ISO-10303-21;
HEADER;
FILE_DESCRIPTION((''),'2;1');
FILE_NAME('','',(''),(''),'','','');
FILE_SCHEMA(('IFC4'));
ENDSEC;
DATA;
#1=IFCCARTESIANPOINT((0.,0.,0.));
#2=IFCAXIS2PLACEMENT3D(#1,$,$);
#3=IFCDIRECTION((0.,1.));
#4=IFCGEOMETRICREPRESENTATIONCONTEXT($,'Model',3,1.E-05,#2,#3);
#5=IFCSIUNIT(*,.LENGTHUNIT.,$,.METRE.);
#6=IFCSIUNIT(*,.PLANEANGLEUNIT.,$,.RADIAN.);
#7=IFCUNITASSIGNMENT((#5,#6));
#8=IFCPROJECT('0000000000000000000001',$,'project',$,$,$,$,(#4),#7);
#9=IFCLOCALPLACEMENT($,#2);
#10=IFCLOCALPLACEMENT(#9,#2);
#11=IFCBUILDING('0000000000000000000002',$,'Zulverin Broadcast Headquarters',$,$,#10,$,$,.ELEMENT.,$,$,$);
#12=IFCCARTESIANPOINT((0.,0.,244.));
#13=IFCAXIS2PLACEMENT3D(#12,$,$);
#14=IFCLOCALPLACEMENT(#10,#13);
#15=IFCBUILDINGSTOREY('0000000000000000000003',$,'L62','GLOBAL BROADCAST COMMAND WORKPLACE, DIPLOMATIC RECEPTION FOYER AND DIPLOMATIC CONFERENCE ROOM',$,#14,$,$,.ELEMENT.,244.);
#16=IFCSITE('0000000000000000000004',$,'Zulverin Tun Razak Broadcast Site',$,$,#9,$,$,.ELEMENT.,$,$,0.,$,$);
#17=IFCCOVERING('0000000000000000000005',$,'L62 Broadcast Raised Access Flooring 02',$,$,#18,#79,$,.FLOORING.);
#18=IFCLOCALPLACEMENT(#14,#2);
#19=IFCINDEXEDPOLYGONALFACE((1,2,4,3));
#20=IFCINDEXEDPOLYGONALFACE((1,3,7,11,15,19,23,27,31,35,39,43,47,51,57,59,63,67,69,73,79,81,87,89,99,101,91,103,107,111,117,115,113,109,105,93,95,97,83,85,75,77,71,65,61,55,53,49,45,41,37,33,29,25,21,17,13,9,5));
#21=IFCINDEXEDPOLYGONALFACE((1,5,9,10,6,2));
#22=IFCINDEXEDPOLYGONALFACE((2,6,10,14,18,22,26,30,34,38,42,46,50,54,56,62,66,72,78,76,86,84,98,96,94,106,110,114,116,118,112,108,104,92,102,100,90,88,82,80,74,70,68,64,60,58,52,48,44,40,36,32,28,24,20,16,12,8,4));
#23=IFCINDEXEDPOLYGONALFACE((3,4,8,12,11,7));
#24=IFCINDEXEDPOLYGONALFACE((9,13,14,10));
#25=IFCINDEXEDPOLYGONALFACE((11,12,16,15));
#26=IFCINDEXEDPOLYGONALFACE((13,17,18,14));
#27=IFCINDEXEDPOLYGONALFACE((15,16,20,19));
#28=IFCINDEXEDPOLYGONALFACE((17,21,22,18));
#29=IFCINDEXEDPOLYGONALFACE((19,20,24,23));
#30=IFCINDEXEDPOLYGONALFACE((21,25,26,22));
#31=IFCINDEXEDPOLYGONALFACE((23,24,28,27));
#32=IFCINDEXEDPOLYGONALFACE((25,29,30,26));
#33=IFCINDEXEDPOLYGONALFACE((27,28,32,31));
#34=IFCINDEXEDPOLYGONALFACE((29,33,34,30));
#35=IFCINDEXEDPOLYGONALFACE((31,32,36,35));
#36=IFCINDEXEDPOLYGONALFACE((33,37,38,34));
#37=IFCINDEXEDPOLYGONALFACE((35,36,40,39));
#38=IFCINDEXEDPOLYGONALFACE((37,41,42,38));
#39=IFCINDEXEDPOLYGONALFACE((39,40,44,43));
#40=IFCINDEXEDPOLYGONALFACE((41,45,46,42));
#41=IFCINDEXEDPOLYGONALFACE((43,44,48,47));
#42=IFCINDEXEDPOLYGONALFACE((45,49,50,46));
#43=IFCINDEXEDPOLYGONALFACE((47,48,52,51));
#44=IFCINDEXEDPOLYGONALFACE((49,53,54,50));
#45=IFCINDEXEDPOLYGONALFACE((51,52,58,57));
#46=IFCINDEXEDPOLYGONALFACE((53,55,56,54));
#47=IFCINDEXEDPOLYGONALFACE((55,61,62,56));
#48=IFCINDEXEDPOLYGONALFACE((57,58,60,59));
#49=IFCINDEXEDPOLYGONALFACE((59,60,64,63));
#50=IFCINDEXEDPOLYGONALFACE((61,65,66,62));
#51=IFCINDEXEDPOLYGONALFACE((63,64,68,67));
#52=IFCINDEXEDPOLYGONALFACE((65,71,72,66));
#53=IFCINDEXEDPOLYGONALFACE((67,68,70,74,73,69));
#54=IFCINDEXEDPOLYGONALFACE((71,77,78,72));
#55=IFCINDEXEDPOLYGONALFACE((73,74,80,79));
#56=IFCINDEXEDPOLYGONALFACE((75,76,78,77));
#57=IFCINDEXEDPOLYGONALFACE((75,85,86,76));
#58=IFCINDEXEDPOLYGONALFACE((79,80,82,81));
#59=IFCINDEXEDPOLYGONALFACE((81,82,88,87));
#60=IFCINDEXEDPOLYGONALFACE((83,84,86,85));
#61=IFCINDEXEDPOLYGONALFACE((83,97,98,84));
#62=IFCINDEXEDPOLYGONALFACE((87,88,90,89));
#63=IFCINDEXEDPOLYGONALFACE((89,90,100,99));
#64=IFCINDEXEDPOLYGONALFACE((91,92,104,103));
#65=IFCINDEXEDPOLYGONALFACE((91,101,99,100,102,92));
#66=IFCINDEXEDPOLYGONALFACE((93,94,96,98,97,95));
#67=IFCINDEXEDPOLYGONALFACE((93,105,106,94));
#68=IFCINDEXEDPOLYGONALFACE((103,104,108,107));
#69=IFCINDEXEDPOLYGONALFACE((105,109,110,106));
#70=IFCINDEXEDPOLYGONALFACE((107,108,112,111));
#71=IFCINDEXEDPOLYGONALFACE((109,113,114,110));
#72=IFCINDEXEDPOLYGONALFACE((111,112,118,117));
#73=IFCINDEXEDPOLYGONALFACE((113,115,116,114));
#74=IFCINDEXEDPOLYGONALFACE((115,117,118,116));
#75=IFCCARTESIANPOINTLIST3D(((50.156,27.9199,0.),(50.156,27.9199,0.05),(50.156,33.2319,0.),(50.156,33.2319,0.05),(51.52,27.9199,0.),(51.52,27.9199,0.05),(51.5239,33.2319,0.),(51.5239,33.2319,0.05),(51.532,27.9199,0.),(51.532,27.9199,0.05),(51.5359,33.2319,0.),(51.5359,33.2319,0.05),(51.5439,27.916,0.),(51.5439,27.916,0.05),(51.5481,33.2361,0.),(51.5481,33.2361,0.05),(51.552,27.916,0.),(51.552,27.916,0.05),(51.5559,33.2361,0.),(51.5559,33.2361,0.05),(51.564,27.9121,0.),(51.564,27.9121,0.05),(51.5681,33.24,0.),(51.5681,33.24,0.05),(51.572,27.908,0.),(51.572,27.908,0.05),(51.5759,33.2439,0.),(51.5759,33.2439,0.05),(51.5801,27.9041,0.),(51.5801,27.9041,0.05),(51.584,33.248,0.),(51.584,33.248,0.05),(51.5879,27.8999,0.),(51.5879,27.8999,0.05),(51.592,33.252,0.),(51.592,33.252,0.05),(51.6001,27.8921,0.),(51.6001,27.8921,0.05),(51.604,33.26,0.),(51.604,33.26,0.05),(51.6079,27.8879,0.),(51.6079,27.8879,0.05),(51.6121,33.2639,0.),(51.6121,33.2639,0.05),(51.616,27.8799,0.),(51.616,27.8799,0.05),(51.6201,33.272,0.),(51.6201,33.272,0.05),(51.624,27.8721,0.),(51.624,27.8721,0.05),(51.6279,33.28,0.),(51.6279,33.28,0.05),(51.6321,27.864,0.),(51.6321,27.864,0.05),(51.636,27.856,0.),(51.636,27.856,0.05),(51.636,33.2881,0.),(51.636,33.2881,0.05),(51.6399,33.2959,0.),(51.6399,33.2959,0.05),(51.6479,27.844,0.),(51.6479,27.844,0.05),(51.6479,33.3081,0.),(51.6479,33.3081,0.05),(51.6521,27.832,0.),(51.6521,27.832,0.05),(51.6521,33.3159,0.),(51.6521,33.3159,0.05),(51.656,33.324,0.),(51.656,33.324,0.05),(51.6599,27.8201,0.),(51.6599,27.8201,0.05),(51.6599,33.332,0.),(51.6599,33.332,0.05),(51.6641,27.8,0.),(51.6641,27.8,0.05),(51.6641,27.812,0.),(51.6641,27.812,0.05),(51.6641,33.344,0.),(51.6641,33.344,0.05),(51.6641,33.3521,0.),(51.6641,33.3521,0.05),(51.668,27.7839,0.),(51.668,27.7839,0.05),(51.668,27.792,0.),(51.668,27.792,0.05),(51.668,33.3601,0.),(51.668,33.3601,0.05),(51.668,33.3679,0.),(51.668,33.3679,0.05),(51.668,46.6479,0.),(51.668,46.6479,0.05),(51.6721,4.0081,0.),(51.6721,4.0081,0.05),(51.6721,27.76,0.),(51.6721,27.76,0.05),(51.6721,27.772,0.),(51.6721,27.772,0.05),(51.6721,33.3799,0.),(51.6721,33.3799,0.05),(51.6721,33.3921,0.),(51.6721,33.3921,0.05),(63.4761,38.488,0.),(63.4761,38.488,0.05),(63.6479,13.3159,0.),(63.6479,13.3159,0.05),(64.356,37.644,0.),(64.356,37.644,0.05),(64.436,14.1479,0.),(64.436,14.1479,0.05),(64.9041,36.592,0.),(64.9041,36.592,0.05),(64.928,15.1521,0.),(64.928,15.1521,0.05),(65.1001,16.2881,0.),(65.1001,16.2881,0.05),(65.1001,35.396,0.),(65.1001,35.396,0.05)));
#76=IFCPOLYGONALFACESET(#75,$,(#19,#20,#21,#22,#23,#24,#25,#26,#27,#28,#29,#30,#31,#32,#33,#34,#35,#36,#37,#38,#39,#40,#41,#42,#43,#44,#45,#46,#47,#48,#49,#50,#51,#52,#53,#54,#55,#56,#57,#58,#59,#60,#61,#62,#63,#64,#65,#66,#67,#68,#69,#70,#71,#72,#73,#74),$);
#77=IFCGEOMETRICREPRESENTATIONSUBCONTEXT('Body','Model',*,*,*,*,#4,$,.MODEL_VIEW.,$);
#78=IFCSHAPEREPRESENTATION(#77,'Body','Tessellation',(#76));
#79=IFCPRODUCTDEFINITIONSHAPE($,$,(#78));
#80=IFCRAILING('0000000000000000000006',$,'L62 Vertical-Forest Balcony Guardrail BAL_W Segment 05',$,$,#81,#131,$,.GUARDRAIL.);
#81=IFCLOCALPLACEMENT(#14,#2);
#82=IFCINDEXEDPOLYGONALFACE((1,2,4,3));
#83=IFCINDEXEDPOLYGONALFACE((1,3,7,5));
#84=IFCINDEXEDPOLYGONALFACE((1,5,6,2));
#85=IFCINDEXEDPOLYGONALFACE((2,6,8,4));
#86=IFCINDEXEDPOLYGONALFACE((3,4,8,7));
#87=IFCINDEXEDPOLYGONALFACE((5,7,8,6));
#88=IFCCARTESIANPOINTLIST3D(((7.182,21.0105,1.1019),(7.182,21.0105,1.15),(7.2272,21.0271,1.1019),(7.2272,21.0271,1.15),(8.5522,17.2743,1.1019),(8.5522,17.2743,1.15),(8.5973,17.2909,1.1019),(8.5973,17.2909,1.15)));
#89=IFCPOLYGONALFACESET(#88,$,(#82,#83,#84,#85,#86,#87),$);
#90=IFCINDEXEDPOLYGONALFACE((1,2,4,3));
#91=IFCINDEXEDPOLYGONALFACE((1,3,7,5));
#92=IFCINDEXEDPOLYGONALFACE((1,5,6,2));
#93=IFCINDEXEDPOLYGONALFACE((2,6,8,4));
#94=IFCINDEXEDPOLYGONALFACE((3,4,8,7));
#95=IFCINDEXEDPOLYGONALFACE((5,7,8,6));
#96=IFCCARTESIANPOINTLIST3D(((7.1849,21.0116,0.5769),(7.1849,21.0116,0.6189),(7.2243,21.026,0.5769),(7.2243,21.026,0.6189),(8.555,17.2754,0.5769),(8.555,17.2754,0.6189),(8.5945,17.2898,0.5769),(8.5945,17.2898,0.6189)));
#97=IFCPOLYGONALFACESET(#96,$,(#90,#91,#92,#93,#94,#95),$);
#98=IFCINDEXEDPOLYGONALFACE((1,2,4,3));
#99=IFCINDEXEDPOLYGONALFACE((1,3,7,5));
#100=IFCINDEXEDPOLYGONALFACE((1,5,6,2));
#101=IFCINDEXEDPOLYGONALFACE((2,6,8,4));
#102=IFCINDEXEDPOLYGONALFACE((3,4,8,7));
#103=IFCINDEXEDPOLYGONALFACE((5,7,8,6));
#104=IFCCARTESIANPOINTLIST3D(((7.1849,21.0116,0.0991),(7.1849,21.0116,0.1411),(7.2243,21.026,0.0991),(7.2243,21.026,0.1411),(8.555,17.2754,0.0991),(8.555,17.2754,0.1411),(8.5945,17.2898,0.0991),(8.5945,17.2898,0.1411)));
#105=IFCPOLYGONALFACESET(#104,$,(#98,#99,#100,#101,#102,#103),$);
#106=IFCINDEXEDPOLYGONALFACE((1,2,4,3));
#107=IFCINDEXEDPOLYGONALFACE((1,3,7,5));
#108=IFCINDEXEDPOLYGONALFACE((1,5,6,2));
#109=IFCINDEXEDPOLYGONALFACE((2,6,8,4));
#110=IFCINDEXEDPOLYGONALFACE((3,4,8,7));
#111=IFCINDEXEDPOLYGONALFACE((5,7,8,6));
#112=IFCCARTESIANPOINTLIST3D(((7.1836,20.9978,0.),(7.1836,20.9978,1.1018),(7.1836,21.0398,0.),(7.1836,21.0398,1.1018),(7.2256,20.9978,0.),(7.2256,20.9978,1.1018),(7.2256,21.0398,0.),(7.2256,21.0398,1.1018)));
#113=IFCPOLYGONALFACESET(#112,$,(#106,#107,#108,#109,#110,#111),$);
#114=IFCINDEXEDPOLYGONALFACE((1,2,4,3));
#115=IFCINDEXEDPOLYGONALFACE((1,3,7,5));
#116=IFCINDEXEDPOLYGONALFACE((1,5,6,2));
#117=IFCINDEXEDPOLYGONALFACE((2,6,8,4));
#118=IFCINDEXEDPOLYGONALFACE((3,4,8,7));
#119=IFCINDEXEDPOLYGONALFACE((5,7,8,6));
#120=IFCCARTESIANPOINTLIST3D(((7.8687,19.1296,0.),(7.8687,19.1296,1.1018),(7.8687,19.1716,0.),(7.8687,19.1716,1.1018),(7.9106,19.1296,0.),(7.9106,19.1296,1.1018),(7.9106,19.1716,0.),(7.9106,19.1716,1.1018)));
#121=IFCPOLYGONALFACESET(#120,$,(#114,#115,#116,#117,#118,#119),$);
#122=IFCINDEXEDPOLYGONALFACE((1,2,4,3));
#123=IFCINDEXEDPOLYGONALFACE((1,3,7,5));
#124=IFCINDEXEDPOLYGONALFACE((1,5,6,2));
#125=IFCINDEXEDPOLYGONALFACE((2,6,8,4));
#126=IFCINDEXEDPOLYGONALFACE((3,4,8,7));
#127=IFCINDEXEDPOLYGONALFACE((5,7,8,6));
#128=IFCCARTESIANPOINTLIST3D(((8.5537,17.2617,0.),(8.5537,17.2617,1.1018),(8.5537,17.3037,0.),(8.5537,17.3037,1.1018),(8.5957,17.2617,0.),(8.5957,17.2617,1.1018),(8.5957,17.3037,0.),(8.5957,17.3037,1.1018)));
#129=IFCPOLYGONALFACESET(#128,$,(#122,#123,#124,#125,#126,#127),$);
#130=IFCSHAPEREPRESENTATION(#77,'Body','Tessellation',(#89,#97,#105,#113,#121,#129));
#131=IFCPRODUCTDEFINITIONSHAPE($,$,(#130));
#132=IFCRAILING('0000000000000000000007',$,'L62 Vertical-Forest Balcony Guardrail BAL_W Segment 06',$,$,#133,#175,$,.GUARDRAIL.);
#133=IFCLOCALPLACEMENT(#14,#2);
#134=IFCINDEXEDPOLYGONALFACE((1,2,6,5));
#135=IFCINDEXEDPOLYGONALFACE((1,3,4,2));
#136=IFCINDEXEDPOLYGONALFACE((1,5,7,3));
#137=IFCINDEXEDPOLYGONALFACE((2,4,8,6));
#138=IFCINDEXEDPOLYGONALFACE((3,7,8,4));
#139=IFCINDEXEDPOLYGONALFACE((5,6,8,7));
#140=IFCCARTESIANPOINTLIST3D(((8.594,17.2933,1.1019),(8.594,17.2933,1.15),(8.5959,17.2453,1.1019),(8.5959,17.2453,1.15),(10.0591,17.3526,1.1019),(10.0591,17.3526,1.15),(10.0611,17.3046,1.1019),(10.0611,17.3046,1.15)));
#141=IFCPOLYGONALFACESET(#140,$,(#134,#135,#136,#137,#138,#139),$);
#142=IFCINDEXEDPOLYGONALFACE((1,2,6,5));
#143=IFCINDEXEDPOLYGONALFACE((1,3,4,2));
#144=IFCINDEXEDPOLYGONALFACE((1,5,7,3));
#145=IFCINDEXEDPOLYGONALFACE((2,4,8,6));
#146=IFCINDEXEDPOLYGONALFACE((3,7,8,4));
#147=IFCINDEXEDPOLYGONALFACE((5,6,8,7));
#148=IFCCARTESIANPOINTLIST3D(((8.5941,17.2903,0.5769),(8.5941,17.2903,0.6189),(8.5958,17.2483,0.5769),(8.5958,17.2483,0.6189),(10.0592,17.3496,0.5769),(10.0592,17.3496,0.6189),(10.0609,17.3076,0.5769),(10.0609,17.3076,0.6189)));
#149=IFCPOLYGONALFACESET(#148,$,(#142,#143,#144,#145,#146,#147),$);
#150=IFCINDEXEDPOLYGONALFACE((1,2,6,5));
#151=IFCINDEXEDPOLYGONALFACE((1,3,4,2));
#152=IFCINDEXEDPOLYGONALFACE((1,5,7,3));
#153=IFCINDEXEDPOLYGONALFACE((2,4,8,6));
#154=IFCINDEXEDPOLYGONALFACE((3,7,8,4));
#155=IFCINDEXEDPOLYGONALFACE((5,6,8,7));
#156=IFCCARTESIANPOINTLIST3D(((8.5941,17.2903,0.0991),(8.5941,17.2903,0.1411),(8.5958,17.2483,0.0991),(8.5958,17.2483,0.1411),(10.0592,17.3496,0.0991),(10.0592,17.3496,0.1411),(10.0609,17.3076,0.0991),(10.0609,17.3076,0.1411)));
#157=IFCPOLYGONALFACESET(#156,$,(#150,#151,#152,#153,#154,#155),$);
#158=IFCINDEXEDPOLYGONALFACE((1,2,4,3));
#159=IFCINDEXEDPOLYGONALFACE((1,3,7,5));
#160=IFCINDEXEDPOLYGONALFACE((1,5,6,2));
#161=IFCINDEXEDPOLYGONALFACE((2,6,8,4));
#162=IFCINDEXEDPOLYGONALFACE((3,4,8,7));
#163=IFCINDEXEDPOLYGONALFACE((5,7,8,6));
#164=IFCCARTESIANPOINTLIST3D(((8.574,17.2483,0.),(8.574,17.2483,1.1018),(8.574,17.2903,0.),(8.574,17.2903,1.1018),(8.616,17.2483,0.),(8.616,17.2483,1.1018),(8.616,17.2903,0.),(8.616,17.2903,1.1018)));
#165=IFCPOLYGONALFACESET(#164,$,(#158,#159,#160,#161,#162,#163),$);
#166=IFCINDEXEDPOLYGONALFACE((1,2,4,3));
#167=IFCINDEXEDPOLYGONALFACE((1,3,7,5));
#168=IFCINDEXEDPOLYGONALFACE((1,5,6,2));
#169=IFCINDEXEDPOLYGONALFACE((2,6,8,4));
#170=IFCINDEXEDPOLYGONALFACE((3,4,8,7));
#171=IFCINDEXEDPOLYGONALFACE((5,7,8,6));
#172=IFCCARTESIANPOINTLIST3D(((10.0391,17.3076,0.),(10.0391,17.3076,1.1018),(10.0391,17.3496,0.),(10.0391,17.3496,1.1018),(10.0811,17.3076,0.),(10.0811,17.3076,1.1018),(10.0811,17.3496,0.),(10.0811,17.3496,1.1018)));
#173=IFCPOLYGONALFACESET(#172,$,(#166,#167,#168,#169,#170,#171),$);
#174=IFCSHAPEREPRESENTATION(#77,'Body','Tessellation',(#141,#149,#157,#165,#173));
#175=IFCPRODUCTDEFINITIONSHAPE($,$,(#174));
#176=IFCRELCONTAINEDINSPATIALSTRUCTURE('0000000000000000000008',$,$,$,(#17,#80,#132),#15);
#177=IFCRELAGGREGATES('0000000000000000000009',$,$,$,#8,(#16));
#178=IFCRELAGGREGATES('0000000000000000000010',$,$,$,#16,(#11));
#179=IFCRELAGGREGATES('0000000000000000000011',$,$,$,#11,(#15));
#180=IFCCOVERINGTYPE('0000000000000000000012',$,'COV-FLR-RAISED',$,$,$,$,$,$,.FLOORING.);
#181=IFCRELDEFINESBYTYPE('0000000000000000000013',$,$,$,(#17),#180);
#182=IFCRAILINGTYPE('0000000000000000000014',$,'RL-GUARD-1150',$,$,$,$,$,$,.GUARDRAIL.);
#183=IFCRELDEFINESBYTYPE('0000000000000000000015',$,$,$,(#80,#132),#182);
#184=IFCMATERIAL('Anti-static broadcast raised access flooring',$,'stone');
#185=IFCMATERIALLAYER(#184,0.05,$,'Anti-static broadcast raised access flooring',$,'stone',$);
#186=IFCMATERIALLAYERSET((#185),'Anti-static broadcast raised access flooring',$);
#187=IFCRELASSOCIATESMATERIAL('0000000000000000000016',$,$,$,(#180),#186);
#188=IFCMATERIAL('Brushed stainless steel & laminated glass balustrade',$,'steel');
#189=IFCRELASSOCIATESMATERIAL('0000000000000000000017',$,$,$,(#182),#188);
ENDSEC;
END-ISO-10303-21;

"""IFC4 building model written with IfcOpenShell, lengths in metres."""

from ifc_helpers import new_model, si_unit, direction, frame, origin, origin_2d, place, context, subcontext, project, spatial, polyline, rectangle, outline, extrude, material, layer, layer_set, type_object, element, save


model = new_model("IFC4")

# Units and contexts
model_context = context("Model", 3, precision=1e-05, world=origin(), true_north=direction((0.0, 1.0)))
body_context = subcontext(model_context, "Body", "Model", "MODEL_VIEW")
ifc_project = project(units=[si_unit("LENGTHUNIT", "METRE"), si_unit("PLANEANGLEUNIT", "RADIAN")], contexts=[model_context])

# Site, building, storey
site_placement = place(None, origin())
site = spatial("IfcSite", under=ifc_project, at=site_placement, Name="Zulverin Tun Razak Broadcast Site", CompositionType="ELEMENT", RefElevation=0.0)
building_placement = place(site_placement, origin())
building = spatial("IfcBuilding", under=site, at=building_placement, Name="Zulverin Broadcast Headquarters", CompositionType="ELEMENT")
storey_placement = place(building_placement, frame((0.0, 0.0, 244.0)))
storey = spatial("IfcBuildingStorey", under=building, at=storey_placement, Name="L62", Description="GLOBAL BROADCAST COMMAND WORKPLACE, DIPLOMATIC RECEPTION FOYER AND DIPLOMATIC CONFERENCE ROOM", CompositionType="ELEMENT", Elevation=244.0)

# Covering
ifc_material_1 = material(Name="Anti-static broadcast raised access flooring", Category="stone")
ifc_layer_1 = layer(ifc_material_1, 0.05, Name="Anti-static broadcast raised access flooring", Category="stone")
ifc_layer_set_1 = layer_set([ifc_layer_1], Name="Anti-static broadcast raised access flooring")
covering_type_1 = type_object("IfcCoveringType", Name="COV-FLR-RAISED", PredefinedType="FLOORING", material=ifc_layer_set_1)
covering_1_placement = place(storey_placement, origin())
element("IfcCovering", 1, at=covering_1_placement, inside=storey, type_object=covering_type_1, Name="L62 Broadcast Raised Access Flooring 02", PredefinedType="FLOORING", context=body_context, shape_type="SweptSolid", body=[
    extrude(outline(polyline([(51.604, 33.26), (51.592, 33.252), (51.584, 33.248), (51.5759, 33.2439), (51.5681, 33.24), (51.5559, 33.2361), (51.5481, 33.2361), (51.5359, 33.2319), (51.5239, 33.2319), (50.156, 33.2319), (50.156, 27.9199), (51.52, 27.9199), (51.532, 27.9199), (51.5439, 27.916), (51.552, 27.916), (51.564, 27.9121), (51.572, 27.908), (51.5801, 27.9041), (51.5879, 27.8999), (51.6001, 27.8921), (51.6079, 27.8879), (51.616, 27.8799), (51.624, 27.8721), (51.6321, 27.864), (51.636, 27.856), (51.6479, 27.844), (51.6521, 27.832), (51.6599, 27.8201), (51.6641, 27.812), (51.6641, 27.8), (51.668, 27.792), (51.668, 27.7839), (51.6721, 27.772), (51.6721, 27.76), (51.6721, 4.0081), (63.6479, 13.3159), (64.436, 14.1479), (64.928, 15.1521), (65.1001, 16.2881), (65.1001, 35.396), (64.9041, 36.592), (64.356, 37.644), (63.4761, 38.488), (51.668, 46.6479), (51.6721, 33.3921), (51.6721, 33.3799), (51.668, 33.3679), (51.668, 33.3601), (51.6641, 33.3521), (51.6641, 33.344), (51.6599, 33.332), (51.656, 33.324), (51.6521, 33.3159), (51.6479, 33.3081), (51.6399, 33.2959), (51.636, 33.2881), (51.6279, 33.28), (51.6201, 33.272), (51.6121, 33.2639), (51.604, 33.26)])), origin(), (0.0, 0.0, 1.0), 0.05),
])

# Railings
ifc_material_2 = material(Name="Brushed stainless steel & laminated glass balustrade", Category="steel")
railing_type = type_object("IfcRailingType", Name="RL-GUARD-1150", PredefinedType="GUARDRAIL", material=ifc_material_2)
railing_1_placement = place(storey_placement, frame((7.2046, 21.0188, 0.0)))
element("IfcRailing", 2, at=railing_1_placement, inside=storey, type_object=railing_type, Name="L62 Vertical-Forest Balcony Guardrail BAL_W Segment 05", PredefinedType="GUARDRAIL", context=body_context, shape_type="SweptSolid", body=[
    extrude(rectangle(XDim=0.0481, YDim=0.0481, at=origin_2d()), frame((0.0, 0.0, 1.126), z_axis=(0.344303, -0.938858, 0.0), x_axis=(0.938858, 0.344303, 0.0)), (0.0, 0.0, 1.0), 3.9795),
    extrude(rectangle(XDim=0.042, YDim=0.042, at=origin_2d()), frame((0.0, 0.0, 0.5979), z_axis=(0.344303, -0.938858, 0.0), x_axis=(0.938858, 0.344303, 0.0)), (0.0, 0.0, 1.0), 3.9795),
    extrude(rectangle(XDim=0.042, YDim=0.042, at=origin_2d()), frame((0.0, 0.0, 0.1201), z_axis=(0.344303, -0.938858, 0.0), x_axis=(0.938858, 0.344303, 0.0)), (0.0, 0.0, 1.0), 3.9795),
    extrude(rectangle(XDim=0.042, YDim=0.042, at=origin_2d()), origin(), (0.0, 0.0, 1.0), 1.1018),
    extrude(rectangle(XDim=0.042, YDim=0.042, at=origin_2d()), frame((0.6851, -1.8682, 0.0)), (0.0, 0.0, 1.0), 1.1018),
    extrude(rectangle(XDim=0.042, YDim=0.042, at=origin_2d()), frame((1.3701, -3.7361, 0.0)), (0.0, 0.0, 1.0), 1.1018),
])
railing_2_placement = place(storey_placement, frame((8.595, 17.2693, 0.0)))
element("IfcRailing", 3, at=railing_2_placement, inside=storey, type_object=railing_type, Name="L62 Vertical-Forest Balcony Guardrail BAL_W Segment 06", PredefinedType="GUARDRAIL", context=body_context, shape_type="SweptSolid", body=[
    extrude(rectangle(XDim=0.0481, YDim=0.0481, at=origin_2d()), frame((0.0, 0.0, 1.126), z_axis=(0.999181, 0.04046, 0.0), x_axis=(-0.04046, 0.999181, 0.0)), (0.0, 0.0, 1.0), 1.4663),
    extrude(rectangle(XDim=0.042, YDim=0.042, at=origin_2d()), frame((0.0, 0.0, 0.5979), z_axis=(0.999181, 0.04046, 0.0), x_axis=(-0.04046, 0.999181, 0.0)), (0.0, 0.0, 1.0), 1.4663),
    extrude(rectangle(XDim=0.042, YDim=0.042, at=origin_2d()), frame((0.0, 0.0, 0.1201), z_axis=(0.999181, 0.04046, 0.0), x_axis=(-0.04046, 0.999181, 0.0)), (0.0, 0.0, 1.0), 1.4663),
    extrude(rectangle(XDim=0.042, YDim=0.042, at=origin_2d()), origin(), (0.0, 0.0, 1.0), 1.1018),
    extrude(rectangle(XDim=0.042, YDim=0.042, at=origin_2d()), frame((1.4651, 0.0593, 0.0)), (0.0, 0.0, 1.0), 1.1018),
])

save(model, "model.ifc")
